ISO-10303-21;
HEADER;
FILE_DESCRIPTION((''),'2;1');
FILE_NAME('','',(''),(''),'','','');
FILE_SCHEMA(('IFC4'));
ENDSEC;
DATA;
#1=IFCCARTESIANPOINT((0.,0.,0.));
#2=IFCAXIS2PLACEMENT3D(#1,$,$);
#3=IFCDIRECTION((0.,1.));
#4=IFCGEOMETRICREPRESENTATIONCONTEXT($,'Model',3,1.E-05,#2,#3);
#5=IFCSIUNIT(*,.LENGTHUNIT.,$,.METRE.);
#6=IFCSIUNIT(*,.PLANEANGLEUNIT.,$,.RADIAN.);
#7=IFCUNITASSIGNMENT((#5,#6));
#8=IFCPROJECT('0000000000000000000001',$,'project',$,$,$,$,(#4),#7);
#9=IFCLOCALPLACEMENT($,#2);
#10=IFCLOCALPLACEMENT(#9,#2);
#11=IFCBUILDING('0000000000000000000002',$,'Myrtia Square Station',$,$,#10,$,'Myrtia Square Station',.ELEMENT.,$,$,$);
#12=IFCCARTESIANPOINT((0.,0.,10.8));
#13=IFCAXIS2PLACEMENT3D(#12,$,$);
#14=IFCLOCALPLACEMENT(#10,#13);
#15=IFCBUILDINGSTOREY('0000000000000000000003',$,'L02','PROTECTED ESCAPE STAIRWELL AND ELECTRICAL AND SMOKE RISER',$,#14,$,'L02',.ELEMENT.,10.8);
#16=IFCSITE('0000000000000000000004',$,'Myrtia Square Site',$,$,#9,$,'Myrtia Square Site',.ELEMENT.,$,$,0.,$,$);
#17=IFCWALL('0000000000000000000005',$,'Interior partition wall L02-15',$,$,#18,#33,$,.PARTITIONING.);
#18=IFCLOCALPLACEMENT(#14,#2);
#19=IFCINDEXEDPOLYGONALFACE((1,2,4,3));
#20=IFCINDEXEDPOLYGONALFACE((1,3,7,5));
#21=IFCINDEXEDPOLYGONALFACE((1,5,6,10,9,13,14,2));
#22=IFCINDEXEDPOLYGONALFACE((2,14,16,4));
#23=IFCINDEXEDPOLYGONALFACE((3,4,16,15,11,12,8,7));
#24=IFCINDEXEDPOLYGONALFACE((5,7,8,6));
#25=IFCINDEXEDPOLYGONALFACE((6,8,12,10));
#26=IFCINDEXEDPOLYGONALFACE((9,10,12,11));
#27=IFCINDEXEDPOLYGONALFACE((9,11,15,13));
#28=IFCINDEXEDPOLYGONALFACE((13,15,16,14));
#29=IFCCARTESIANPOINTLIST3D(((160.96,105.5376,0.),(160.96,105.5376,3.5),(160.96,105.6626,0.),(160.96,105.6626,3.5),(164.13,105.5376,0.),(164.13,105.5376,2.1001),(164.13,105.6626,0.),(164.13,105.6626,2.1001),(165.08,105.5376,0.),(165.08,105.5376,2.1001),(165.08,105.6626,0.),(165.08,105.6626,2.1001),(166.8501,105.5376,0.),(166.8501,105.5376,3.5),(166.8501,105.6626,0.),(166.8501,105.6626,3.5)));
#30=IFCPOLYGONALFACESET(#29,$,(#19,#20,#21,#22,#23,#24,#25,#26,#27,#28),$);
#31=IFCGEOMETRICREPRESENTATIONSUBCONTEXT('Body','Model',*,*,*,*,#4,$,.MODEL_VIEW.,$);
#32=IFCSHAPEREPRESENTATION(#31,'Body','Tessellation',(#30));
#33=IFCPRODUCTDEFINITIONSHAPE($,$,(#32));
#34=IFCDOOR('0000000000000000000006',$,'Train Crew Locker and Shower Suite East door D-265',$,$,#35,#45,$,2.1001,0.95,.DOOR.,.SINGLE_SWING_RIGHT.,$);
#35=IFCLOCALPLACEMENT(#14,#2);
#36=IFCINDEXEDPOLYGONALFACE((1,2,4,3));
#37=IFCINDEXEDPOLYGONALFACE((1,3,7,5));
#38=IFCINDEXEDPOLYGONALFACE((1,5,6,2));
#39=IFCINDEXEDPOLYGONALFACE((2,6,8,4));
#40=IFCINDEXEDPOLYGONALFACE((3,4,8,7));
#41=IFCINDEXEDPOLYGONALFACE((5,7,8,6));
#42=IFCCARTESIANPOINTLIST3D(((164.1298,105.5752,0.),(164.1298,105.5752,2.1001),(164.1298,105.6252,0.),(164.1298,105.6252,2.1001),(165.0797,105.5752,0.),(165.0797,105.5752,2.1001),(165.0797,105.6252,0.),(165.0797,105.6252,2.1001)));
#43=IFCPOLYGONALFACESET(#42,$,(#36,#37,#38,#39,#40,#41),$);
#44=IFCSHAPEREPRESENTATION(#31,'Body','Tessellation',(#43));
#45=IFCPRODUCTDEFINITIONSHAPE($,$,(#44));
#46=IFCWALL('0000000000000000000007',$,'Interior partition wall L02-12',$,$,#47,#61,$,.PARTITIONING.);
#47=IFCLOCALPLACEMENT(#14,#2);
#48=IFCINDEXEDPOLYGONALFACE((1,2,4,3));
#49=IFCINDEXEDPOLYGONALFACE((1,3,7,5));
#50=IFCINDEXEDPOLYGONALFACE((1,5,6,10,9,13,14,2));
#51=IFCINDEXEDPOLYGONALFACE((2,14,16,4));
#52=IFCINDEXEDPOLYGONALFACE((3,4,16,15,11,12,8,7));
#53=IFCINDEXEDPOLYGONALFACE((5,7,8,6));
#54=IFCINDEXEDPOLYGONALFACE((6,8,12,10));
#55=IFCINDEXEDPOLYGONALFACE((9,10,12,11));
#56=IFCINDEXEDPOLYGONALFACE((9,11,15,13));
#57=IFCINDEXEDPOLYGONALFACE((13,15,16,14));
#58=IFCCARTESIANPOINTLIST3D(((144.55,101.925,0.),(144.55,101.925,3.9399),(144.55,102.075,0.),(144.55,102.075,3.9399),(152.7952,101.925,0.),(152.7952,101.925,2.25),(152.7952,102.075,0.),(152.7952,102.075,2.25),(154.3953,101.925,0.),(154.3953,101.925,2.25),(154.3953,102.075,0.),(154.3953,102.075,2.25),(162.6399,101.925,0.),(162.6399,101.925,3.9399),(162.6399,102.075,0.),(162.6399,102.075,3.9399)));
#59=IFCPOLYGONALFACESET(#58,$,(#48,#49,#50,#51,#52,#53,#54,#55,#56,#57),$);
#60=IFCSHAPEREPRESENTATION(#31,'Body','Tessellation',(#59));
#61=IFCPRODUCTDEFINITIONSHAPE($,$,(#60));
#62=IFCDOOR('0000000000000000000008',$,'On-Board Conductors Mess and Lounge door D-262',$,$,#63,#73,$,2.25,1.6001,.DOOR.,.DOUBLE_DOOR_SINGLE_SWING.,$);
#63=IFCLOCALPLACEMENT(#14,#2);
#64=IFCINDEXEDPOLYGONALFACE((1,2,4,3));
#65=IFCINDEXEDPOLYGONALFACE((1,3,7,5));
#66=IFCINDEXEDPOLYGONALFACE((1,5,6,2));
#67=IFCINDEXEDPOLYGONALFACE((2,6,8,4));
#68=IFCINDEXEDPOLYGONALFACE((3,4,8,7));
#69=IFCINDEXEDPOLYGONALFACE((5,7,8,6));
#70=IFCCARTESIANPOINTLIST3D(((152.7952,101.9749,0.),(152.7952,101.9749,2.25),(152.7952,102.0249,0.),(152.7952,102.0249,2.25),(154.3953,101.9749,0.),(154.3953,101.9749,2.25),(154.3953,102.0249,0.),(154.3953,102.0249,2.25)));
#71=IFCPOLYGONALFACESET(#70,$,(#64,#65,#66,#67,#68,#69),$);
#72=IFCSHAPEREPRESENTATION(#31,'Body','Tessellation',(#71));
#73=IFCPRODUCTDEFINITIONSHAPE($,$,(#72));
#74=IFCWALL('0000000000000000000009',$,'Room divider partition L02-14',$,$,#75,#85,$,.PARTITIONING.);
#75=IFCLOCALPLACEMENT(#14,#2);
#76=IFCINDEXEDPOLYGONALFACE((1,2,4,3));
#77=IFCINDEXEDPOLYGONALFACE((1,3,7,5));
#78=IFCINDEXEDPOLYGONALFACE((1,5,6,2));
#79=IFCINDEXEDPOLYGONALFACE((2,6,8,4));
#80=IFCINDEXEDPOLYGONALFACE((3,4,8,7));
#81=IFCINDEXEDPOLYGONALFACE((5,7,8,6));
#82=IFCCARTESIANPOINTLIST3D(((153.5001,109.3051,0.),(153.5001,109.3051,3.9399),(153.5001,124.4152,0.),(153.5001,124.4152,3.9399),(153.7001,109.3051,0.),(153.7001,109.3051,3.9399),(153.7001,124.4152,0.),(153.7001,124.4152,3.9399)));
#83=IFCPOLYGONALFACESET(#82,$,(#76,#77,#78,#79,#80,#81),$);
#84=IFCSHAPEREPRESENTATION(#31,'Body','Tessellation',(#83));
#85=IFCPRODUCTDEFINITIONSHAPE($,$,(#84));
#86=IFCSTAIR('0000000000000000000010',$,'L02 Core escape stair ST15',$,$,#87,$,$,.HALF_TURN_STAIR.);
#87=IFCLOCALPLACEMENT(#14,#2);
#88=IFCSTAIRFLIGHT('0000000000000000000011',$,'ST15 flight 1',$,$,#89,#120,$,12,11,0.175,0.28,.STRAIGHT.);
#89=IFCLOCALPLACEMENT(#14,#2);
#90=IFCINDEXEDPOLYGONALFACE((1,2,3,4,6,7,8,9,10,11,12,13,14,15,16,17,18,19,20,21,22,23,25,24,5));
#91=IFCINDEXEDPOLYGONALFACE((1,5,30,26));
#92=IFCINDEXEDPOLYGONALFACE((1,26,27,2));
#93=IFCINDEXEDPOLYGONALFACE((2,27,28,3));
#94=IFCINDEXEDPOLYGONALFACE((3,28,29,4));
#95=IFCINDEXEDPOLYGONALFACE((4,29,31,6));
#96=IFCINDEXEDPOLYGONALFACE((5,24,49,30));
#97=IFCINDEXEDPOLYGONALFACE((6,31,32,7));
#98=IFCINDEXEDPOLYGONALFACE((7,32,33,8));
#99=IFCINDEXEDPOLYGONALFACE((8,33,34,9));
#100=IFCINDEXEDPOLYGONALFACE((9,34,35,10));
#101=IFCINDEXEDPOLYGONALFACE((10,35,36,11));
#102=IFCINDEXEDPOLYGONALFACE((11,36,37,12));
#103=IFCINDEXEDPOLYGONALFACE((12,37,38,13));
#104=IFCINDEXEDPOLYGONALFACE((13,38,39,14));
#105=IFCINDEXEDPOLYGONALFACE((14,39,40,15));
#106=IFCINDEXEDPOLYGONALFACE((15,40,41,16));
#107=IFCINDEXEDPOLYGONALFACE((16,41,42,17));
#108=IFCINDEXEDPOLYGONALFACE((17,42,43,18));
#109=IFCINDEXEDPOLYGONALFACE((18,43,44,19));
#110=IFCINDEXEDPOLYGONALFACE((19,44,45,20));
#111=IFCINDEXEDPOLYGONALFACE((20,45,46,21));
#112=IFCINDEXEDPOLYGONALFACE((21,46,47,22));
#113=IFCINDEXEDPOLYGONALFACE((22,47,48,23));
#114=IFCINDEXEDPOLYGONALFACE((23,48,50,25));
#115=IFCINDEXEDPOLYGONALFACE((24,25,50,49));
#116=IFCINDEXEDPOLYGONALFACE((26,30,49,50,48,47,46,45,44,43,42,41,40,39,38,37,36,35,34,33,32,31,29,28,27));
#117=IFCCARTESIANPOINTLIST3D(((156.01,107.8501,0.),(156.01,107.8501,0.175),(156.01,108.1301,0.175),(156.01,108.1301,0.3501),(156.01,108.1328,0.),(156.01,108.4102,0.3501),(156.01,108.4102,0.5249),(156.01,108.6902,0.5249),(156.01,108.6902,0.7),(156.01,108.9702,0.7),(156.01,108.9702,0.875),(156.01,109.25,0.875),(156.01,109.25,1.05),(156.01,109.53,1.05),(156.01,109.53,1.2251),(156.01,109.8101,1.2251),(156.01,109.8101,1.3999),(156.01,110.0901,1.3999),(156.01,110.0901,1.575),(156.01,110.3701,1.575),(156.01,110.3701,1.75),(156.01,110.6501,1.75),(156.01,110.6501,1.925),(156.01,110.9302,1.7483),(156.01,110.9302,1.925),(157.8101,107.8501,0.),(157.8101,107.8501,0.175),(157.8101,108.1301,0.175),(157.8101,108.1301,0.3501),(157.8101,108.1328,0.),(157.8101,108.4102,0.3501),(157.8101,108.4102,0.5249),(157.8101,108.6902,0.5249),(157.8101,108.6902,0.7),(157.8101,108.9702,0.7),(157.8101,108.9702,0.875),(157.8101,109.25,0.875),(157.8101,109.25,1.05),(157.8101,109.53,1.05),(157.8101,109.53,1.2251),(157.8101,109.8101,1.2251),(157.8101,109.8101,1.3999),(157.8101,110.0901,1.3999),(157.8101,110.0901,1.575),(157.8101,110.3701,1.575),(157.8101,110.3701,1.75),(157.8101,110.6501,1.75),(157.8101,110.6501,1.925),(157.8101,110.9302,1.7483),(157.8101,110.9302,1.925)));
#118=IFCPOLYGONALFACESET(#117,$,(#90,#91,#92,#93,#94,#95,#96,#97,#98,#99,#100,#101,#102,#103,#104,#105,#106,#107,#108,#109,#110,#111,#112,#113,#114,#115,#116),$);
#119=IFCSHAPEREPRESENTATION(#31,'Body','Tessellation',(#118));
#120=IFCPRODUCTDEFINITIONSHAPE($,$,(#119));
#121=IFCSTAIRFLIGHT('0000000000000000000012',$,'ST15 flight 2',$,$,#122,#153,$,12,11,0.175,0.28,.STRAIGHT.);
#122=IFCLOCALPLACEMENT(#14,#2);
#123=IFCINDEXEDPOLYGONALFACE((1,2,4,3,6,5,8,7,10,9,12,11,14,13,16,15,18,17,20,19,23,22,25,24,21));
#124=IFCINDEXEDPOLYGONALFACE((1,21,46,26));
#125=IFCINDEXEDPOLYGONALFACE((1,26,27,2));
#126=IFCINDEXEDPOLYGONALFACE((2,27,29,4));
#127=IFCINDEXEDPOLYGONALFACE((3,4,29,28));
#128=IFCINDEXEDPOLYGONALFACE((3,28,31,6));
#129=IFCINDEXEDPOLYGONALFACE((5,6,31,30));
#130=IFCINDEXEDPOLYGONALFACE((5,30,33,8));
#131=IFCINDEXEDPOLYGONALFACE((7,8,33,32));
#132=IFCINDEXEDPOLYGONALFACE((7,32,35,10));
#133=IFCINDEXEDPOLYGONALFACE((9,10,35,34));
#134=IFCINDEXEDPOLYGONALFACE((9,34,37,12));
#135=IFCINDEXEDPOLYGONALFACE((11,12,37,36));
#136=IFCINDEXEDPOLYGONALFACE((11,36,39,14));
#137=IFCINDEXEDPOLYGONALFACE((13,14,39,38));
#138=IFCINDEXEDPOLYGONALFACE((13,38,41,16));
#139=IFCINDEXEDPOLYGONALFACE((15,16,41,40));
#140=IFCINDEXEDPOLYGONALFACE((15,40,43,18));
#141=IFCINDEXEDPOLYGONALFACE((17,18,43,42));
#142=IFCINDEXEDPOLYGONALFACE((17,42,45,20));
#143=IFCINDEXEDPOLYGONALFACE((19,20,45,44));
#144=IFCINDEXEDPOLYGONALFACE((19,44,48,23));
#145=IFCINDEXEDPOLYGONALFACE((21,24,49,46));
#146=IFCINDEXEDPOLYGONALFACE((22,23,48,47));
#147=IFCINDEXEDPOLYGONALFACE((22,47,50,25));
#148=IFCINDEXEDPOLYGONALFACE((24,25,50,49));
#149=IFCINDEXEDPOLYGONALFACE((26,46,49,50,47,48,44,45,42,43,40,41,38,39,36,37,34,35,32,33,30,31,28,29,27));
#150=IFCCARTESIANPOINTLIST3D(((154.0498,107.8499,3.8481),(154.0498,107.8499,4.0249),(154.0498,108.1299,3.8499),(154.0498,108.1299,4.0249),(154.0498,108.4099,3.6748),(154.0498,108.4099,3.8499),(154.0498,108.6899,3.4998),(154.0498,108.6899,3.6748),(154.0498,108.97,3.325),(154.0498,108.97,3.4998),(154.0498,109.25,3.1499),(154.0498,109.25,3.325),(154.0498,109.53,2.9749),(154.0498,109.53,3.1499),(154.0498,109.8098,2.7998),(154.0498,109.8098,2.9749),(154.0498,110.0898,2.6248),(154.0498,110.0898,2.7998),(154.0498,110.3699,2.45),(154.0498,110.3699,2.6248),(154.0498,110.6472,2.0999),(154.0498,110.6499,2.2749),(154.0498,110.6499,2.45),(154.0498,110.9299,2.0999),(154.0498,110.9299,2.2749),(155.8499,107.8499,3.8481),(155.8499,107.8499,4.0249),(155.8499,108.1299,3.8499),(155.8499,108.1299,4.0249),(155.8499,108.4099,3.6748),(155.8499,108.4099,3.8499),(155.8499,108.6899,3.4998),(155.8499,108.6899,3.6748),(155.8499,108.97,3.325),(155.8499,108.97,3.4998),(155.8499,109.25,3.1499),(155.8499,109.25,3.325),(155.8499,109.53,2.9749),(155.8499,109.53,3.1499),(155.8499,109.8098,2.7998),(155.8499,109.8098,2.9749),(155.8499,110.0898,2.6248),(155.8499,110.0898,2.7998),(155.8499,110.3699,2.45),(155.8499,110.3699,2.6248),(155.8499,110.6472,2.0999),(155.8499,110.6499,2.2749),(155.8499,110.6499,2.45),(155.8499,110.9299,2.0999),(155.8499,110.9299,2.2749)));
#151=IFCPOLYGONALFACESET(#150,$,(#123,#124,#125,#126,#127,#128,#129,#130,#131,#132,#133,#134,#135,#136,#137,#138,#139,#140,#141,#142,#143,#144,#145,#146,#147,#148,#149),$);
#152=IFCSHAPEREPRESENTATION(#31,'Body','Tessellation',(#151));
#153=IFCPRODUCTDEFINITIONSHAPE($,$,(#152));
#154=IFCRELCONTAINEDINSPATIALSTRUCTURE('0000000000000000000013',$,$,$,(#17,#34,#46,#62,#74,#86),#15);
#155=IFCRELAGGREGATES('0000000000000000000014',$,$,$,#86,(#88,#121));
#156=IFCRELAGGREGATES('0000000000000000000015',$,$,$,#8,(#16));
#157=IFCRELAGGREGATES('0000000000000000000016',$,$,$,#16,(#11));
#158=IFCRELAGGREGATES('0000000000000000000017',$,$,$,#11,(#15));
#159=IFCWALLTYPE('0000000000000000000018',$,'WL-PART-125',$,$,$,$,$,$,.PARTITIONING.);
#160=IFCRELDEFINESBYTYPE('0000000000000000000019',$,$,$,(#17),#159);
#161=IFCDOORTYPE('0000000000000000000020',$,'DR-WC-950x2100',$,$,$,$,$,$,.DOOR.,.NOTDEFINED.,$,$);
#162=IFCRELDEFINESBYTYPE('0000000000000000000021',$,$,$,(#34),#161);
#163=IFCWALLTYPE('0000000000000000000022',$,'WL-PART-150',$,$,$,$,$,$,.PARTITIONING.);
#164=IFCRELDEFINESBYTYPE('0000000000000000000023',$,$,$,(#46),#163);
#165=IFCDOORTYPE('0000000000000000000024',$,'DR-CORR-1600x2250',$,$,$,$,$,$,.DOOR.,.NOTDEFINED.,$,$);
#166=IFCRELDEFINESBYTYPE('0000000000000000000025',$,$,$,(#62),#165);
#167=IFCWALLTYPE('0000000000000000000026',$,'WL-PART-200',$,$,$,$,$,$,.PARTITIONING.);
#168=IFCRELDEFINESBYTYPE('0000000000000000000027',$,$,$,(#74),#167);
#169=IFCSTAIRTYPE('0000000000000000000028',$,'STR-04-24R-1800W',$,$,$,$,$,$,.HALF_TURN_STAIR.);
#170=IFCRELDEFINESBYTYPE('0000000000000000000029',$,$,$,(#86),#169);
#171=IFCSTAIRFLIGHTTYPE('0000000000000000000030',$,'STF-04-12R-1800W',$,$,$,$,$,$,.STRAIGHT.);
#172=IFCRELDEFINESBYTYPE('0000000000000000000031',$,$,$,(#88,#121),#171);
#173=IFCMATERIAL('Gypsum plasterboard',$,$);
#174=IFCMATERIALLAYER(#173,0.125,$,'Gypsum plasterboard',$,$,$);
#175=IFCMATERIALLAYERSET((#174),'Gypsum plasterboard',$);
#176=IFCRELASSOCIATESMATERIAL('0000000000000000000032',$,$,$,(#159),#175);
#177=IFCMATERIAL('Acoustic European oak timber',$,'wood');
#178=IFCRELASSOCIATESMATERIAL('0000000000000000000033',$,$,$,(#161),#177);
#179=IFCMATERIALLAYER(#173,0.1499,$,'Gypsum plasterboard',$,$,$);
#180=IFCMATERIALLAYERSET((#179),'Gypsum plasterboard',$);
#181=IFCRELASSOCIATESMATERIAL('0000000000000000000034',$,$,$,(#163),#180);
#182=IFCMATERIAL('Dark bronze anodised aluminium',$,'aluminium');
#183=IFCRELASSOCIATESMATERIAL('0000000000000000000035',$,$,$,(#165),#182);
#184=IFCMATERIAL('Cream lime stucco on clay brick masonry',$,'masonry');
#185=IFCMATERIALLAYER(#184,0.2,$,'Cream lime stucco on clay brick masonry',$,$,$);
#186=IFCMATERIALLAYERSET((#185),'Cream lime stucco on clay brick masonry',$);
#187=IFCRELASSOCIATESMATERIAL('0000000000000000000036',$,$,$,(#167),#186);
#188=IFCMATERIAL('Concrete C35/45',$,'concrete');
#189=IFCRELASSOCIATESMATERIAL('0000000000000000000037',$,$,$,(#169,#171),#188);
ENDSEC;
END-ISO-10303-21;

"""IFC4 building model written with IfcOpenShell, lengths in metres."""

from ifc_helpers import new_model, si_unit, direction, frame, frame_2d, origin, place, context, subcontext, project, spatial, polyline, rectangle, outline, extrude, material, layer, layer_set, type_object, element, fill, aggregate, save


model = new_model("IFC4")

# Units and contexts
model_context = context("Model", 3, precision=1e-05, world=origin(), true_north=direction((0.0, 1.0)))
body_context = subcontext(model_context, "Body", "Model", "MODEL_VIEW")
ifc_project = project(units=[si_unit("LENGTHUNIT", "METRE"), si_unit("PLANEANGLEUNIT", "RADIAN")], contexts=[model_context])

# Site, building, storey
site_placement = place(None, origin())
site = spatial("IfcSite", under=ifc_project, at=site_placement, Name="Myrtia Square Site", LongName="Myrtia Square Site", CompositionType="ELEMENT", RefElevation=0.0)
building_placement = place(site_placement, origin())
building = spatial("IfcBuilding", under=site, at=building_placement, Name="Myrtia Square Station", LongName="Myrtia Square Station", CompositionType="ELEMENT")
storey_placement = place(building_placement, frame((0.0, 0.0, 10.8)))
storey = spatial("IfcBuildingStorey", under=building, at=storey_placement, Name="L02", Description="PROTECTED ESCAPE STAIRWELL AND ELECTRICAL AND SMOKE RISER", LongName="L02", CompositionType="ELEMENT", Elevation=10.8)

# Shared definitions
ifc_material_1 = material(Name="Concrete C35/45", Category="concrete")
ifc_material_2 = material(Name="Dark bronze anodised aluminium", Category="aluminium")

# Walls, openings, doors
ifc_material_3 = material(Name="Gypsum plasterboard")
ifc_layer_1 = layer(ifc_material_3, 0.125, Name="Gypsum plasterboard")
ifc_layer_set_1 = layer_set([ifc_layer_1], Name="Gypsum plasterboard")
wall_type_1 = type_object("IfcWallType", Name="WL-PART-125", PredefinedType="PARTITIONING", material=ifc_layer_set_1)
wall_1_placement = place(storey_placement, frame((160.96, 105.6001, 0.0), z_axis=(0.0, 0.0, 1.0), x_axis=(1.0, 0.0, 0.0)))
wall_1 = element("IfcWall", 1, at=wall_1_placement, inside=storey, type_object=wall_type_1, Name="Interior partition wall L02-15", PredefinedType="PARTITIONING", context=body_context, shape_type="SweptSolid", body=[
    extrude(rectangle(XDim=5.8901, YDim=0.125, at=frame_2d((2.9451, 0.0))), origin(), (0.0, 0.0, 1.0), 3.5),
])
opening_1_placement = place(wall_1_placement, frame((3.1699, 0.0, 0.0)))
opening_1 = element("IfcOpeningElement", 2, at=opening_1_placement, cuts=wall_1, PredefinedType="OPENING", context=body_context, shape_type="SweptSolid", body=[
    extrude(rectangle(XDim=0.95, YDim=2.1001, at=frame_2d((0.4751, 1.05))), frame((0.0, 0.0774, 0.0), z_axis=(0.0, -1.0, 0.0), x_axis=(1.0, 0.0, 0.0)), (0.0, 0.0, 1.0), 0.155),
])
ifc_material_4 = material(Name="Acoustic European oak timber", Category="wood")
door_type_1 = type_object("IfcDoorType", Name="DR-WC-950x2100", OperationType="NOTDEFINED", PredefinedType="DOOR", material=ifc_material_4)
door_1_placement = place(opening_1_placement, frame((0.95, 0.0, 0.0), z_axis=(0.0, 0.0, 1.0), x_axis=(-1.0, 0.0, 0.0)))
door_1 = element("IfcDoor", 3, at=door_1_placement, inside=storey, type_object=door_type_1, Name="Train Crew Locker and Shower Suite East door D-265", OperationType="SINGLE_SWING_RIGHT", OverallHeight=2.1001, OverallWidth=0.95, PredefinedType="DOOR", context=body_context, shape_type="SweptSolid", body=[
    extrude(rectangle(XDim=0.95, YDim=2.1001, at=frame_2d((0.4751, 1.05))), frame((0.0, 0.0249, 0.0), z_axis=(0.0, -1.0, 0.0), x_axis=(1.0, 0.0, 0.0)), (0.0, 0.0, 1.0), 0.05),
])
fill(opening_1, door_1)
ifc_layer_2 = layer(ifc_material_3, 0.1499, Name="Gypsum plasterboard")
ifc_layer_set_2 = layer_set([ifc_layer_2], Name="Gypsum plasterboard")
wall_type_2 = type_object("IfcWallType", Name="WL-PART-150", PredefinedType="PARTITIONING", material=ifc_layer_set_2)
wall_2_placement = place(storey_placement, frame((144.55, 102.0, 0.0), z_axis=(0.0, 0.0, 1.0), x_axis=(1.0, 0.0, 0.0)))
wall_2 = element("IfcWall", 4, at=wall_2_placement, inside=storey, type_object=wall_type_2, Name="Interior partition wall L02-12", PredefinedType="PARTITIONING", context=body_context, shape_type="SweptSolid", body=[
    extrude(rectangle(XDim=18.0898, YDim=0.1499, at=frame_2d((9.0449, 0.0))), origin(), (0.0, 0.0, 1.0), 3.9399),
])
opening_2_placement = place(wall_2_placement, frame((8.2451, 0.0, 0.0)))
opening_2 = element("IfcOpeningElement", 5, at=opening_2_placement, cuts=wall_2, PredefinedType="OPENING", context=body_context, shape_type="SweptSolid", body=[
    extrude(rectangle(XDim=1.6001, YDim=2.25, at=frame_2d((0.8, 1.125))), frame((0.0, 0.0898, 0.0), z_axis=(0.0, -1.0, 0.0), x_axis=(1.0, 0.0, 0.0)), (0.0, 0.0, 1.0), 0.1799),
])
door_type_2 = type_object("IfcDoorType", Name="DR-CORR-1600x2250", OperationType="NOTDEFINED", PredefinedType="DOOR", material=ifc_material_2)
door_2_placement = place(opening_2_placement, origin())
door_2 = element("IfcDoor", 6, at=door_2_placement, inside=storey, type_object=door_type_2, Name="On-Board Conductors Mess and Lounge door D-262", OperationType="DOUBLE_DOOR_SINGLE_SWING", OverallHeight=2.25, OverallWidth=1.6001, PredefinedType="DOOR", context=body_context, shape_type="SweptSolid", body=[
    extrude(rectangle(XDim=1.6001, YDim=2.25, at=frame_2d((0.8, 1.125))), frame((0.0, 0.0249, 0.0), z_axis=(0.0, -1.0, 0.0), x_axis=(1.0, 0.0, 0.0)), (0.0, 0.0, 1.0), 0.05),
])
fill(opening_2, door_2)

# Wall
ifc_material_5 = material(Name="Cream lime stucco on clay brick masonry", Category="masonry")
ifc_layer_3 = layer(ifc_material_5, 0.2, Name="Cream lime stucco on clay brick masonry")
ifc_layer_set_3 = layer_set([ifc_layer_3], Name="Cream lime stucco on clay brick masonry")
wall_type_3 = type_object("IfcWallType", Name="WL-PART-200", PredefinedType="PARTITIONING", material=ifc_layer_set_3)
wall_3_placement = place(storey_placement, frame((153.6001, 109.3049, 0.0), z_axis=(0.0, 0.0, 1.0), x_axis=(0.0, 1.0, 0.0)))
element("IfcWall", 7, at=wall_3_placement, inside=storey, type_object=wall_type_3, Name="Room divider partition L02-14", PredefinedType="PARTITIONING", context=body_context, shape_type="SweptSolid", body=[
    extrude(rectangle(XDim=15.1101, YDim=0.2, at=frame_2d((7.5552, 0.0))), origin(), (0.0, 0.0, 1.0), 3.9399),
])

# Stair, stair flights
stair_type = type_object("IfcStairType", Name="STR-04-24R-1800W", PredefinedType="HALF_TURN_STAIR", material=ifc_material_1)
stair_placement = place(storey_placement, origin())
stair = element("IfcStair", 8, at=stair_placement, inside=storey, type_object=stair_type, Name="L02 Core escape stair ST15", PredefinedType="HALF_TURN_STAIR")
stair_flight_type = type_object("IfcStairFlightType", Name="STF-04-12R-1800W", PredefinedType="STRAIGHT", material=ifc_material_1)
stair_flight_1_placement = place(storey_placement, frame((156.9099, 107.8501, 0.0), z_axis=(0.0, 0.0, 1.0), x_axis=(0.0, 1.0, 0.0)))
stair_flight_1 = element("IfcStairFlight", 9, at=stair_flight_1_placement, type_object=stair_flight_type, Name="ST15 flight 1", NumberOfRisers=12, NumberOfTreads=11, PredefinedType="STRAIGHT", RiserHeight=0.175, TreadLength=0.28, context=body_context, shape_type="SweptSolid", body=[
    extrude(outline(polyline([(0.0, 0.0), (0.0, 0.175), (0.28, 0.175), (0.28, 0.3501), (0.5601, 0.3501), (0.5601, 0.5249), (0.8401, 0.5249), (0.8401, 0.7), (1.1201, 0.7), (1.1201, 0.875), (1.3999, 0.875), (1.3999, 1.05), (1.6799, 1.05), (1.6799, 1.2251), (1.96, 1.2251), (1.96, 1.3999), (2.24, 1.3999), (2.24, 1.575), (2.52, 1.575), (2.52, 1.75), (2.8, 1.75), (2.8, 1.925), (3.0801, 1.925), (3.0801, 2.1001), (3.0801, 1.7483), (0.2827, 0.0), (0.0, 0.0)])), frame((0.0, 0.8999, 0.0), z_axis=(0.0, -1.0, 0.0), x_axis=(1.0, 0.0, 0.0)), (0.0, 0.0, 1.0), 1.8),
])
stair_flight_2_placement = place(storey_placement, frame((154.95, 110.9299, 2.0999), z_axis=(0.0, 0.0, 1.0), x_axis=(0.0, -1.0, 0.0)))
stair_flight_2 = element("IfcStairFlight", 10, at=stair_flight_2_placement, type_object=stair_flight_type, Name="ST15 flight 2", NumberOfRisers=12, NumberOfTreads=11, PredefinedType="STRAIGHT", RiserHeight=0.175, TreadLength=0.28, context=body_context, shape_type="SweptSolid", body=[
    extrude(outline(polyline([(0.0, 0.0), (0.0, 0.175), (0.28, 0.175), (0.28, 0.3501), (0.5601, 0.3501), (0.5601, 0.5249), (0.8401, 0.5249), (0.8401, 0.7), (1.1201, 0.7), (1.1201, 0.875), (1.3999, 0.875), (1.3999, 1.05), (1.6799, 1.05), (1.6799, 1.2251), (1.96, 1.2251), (1.96, 1.3999), (2.24, 1.3999), (2.24, 1.575), (2.52, 1.575), (2.52, 1.75), (2.8, 1.75), (2.8, 1.925), (3.0801, 1.925), (3.0801, 2.1001), (3.0801, 1.7483), (0.2827, 0.0), (0.0, 0.0)])), frame((0.0, 0.8999, 0.0), z_axis=(0.0, -1.0, 0.0), x_axis=(1.0, 0.0, 0.0)), (0.0, 0.0, 1.0), 1.8),
])
aggregate(stair, [stair_flight_1, stair_flight_2])

save(model, "model.ifc")
